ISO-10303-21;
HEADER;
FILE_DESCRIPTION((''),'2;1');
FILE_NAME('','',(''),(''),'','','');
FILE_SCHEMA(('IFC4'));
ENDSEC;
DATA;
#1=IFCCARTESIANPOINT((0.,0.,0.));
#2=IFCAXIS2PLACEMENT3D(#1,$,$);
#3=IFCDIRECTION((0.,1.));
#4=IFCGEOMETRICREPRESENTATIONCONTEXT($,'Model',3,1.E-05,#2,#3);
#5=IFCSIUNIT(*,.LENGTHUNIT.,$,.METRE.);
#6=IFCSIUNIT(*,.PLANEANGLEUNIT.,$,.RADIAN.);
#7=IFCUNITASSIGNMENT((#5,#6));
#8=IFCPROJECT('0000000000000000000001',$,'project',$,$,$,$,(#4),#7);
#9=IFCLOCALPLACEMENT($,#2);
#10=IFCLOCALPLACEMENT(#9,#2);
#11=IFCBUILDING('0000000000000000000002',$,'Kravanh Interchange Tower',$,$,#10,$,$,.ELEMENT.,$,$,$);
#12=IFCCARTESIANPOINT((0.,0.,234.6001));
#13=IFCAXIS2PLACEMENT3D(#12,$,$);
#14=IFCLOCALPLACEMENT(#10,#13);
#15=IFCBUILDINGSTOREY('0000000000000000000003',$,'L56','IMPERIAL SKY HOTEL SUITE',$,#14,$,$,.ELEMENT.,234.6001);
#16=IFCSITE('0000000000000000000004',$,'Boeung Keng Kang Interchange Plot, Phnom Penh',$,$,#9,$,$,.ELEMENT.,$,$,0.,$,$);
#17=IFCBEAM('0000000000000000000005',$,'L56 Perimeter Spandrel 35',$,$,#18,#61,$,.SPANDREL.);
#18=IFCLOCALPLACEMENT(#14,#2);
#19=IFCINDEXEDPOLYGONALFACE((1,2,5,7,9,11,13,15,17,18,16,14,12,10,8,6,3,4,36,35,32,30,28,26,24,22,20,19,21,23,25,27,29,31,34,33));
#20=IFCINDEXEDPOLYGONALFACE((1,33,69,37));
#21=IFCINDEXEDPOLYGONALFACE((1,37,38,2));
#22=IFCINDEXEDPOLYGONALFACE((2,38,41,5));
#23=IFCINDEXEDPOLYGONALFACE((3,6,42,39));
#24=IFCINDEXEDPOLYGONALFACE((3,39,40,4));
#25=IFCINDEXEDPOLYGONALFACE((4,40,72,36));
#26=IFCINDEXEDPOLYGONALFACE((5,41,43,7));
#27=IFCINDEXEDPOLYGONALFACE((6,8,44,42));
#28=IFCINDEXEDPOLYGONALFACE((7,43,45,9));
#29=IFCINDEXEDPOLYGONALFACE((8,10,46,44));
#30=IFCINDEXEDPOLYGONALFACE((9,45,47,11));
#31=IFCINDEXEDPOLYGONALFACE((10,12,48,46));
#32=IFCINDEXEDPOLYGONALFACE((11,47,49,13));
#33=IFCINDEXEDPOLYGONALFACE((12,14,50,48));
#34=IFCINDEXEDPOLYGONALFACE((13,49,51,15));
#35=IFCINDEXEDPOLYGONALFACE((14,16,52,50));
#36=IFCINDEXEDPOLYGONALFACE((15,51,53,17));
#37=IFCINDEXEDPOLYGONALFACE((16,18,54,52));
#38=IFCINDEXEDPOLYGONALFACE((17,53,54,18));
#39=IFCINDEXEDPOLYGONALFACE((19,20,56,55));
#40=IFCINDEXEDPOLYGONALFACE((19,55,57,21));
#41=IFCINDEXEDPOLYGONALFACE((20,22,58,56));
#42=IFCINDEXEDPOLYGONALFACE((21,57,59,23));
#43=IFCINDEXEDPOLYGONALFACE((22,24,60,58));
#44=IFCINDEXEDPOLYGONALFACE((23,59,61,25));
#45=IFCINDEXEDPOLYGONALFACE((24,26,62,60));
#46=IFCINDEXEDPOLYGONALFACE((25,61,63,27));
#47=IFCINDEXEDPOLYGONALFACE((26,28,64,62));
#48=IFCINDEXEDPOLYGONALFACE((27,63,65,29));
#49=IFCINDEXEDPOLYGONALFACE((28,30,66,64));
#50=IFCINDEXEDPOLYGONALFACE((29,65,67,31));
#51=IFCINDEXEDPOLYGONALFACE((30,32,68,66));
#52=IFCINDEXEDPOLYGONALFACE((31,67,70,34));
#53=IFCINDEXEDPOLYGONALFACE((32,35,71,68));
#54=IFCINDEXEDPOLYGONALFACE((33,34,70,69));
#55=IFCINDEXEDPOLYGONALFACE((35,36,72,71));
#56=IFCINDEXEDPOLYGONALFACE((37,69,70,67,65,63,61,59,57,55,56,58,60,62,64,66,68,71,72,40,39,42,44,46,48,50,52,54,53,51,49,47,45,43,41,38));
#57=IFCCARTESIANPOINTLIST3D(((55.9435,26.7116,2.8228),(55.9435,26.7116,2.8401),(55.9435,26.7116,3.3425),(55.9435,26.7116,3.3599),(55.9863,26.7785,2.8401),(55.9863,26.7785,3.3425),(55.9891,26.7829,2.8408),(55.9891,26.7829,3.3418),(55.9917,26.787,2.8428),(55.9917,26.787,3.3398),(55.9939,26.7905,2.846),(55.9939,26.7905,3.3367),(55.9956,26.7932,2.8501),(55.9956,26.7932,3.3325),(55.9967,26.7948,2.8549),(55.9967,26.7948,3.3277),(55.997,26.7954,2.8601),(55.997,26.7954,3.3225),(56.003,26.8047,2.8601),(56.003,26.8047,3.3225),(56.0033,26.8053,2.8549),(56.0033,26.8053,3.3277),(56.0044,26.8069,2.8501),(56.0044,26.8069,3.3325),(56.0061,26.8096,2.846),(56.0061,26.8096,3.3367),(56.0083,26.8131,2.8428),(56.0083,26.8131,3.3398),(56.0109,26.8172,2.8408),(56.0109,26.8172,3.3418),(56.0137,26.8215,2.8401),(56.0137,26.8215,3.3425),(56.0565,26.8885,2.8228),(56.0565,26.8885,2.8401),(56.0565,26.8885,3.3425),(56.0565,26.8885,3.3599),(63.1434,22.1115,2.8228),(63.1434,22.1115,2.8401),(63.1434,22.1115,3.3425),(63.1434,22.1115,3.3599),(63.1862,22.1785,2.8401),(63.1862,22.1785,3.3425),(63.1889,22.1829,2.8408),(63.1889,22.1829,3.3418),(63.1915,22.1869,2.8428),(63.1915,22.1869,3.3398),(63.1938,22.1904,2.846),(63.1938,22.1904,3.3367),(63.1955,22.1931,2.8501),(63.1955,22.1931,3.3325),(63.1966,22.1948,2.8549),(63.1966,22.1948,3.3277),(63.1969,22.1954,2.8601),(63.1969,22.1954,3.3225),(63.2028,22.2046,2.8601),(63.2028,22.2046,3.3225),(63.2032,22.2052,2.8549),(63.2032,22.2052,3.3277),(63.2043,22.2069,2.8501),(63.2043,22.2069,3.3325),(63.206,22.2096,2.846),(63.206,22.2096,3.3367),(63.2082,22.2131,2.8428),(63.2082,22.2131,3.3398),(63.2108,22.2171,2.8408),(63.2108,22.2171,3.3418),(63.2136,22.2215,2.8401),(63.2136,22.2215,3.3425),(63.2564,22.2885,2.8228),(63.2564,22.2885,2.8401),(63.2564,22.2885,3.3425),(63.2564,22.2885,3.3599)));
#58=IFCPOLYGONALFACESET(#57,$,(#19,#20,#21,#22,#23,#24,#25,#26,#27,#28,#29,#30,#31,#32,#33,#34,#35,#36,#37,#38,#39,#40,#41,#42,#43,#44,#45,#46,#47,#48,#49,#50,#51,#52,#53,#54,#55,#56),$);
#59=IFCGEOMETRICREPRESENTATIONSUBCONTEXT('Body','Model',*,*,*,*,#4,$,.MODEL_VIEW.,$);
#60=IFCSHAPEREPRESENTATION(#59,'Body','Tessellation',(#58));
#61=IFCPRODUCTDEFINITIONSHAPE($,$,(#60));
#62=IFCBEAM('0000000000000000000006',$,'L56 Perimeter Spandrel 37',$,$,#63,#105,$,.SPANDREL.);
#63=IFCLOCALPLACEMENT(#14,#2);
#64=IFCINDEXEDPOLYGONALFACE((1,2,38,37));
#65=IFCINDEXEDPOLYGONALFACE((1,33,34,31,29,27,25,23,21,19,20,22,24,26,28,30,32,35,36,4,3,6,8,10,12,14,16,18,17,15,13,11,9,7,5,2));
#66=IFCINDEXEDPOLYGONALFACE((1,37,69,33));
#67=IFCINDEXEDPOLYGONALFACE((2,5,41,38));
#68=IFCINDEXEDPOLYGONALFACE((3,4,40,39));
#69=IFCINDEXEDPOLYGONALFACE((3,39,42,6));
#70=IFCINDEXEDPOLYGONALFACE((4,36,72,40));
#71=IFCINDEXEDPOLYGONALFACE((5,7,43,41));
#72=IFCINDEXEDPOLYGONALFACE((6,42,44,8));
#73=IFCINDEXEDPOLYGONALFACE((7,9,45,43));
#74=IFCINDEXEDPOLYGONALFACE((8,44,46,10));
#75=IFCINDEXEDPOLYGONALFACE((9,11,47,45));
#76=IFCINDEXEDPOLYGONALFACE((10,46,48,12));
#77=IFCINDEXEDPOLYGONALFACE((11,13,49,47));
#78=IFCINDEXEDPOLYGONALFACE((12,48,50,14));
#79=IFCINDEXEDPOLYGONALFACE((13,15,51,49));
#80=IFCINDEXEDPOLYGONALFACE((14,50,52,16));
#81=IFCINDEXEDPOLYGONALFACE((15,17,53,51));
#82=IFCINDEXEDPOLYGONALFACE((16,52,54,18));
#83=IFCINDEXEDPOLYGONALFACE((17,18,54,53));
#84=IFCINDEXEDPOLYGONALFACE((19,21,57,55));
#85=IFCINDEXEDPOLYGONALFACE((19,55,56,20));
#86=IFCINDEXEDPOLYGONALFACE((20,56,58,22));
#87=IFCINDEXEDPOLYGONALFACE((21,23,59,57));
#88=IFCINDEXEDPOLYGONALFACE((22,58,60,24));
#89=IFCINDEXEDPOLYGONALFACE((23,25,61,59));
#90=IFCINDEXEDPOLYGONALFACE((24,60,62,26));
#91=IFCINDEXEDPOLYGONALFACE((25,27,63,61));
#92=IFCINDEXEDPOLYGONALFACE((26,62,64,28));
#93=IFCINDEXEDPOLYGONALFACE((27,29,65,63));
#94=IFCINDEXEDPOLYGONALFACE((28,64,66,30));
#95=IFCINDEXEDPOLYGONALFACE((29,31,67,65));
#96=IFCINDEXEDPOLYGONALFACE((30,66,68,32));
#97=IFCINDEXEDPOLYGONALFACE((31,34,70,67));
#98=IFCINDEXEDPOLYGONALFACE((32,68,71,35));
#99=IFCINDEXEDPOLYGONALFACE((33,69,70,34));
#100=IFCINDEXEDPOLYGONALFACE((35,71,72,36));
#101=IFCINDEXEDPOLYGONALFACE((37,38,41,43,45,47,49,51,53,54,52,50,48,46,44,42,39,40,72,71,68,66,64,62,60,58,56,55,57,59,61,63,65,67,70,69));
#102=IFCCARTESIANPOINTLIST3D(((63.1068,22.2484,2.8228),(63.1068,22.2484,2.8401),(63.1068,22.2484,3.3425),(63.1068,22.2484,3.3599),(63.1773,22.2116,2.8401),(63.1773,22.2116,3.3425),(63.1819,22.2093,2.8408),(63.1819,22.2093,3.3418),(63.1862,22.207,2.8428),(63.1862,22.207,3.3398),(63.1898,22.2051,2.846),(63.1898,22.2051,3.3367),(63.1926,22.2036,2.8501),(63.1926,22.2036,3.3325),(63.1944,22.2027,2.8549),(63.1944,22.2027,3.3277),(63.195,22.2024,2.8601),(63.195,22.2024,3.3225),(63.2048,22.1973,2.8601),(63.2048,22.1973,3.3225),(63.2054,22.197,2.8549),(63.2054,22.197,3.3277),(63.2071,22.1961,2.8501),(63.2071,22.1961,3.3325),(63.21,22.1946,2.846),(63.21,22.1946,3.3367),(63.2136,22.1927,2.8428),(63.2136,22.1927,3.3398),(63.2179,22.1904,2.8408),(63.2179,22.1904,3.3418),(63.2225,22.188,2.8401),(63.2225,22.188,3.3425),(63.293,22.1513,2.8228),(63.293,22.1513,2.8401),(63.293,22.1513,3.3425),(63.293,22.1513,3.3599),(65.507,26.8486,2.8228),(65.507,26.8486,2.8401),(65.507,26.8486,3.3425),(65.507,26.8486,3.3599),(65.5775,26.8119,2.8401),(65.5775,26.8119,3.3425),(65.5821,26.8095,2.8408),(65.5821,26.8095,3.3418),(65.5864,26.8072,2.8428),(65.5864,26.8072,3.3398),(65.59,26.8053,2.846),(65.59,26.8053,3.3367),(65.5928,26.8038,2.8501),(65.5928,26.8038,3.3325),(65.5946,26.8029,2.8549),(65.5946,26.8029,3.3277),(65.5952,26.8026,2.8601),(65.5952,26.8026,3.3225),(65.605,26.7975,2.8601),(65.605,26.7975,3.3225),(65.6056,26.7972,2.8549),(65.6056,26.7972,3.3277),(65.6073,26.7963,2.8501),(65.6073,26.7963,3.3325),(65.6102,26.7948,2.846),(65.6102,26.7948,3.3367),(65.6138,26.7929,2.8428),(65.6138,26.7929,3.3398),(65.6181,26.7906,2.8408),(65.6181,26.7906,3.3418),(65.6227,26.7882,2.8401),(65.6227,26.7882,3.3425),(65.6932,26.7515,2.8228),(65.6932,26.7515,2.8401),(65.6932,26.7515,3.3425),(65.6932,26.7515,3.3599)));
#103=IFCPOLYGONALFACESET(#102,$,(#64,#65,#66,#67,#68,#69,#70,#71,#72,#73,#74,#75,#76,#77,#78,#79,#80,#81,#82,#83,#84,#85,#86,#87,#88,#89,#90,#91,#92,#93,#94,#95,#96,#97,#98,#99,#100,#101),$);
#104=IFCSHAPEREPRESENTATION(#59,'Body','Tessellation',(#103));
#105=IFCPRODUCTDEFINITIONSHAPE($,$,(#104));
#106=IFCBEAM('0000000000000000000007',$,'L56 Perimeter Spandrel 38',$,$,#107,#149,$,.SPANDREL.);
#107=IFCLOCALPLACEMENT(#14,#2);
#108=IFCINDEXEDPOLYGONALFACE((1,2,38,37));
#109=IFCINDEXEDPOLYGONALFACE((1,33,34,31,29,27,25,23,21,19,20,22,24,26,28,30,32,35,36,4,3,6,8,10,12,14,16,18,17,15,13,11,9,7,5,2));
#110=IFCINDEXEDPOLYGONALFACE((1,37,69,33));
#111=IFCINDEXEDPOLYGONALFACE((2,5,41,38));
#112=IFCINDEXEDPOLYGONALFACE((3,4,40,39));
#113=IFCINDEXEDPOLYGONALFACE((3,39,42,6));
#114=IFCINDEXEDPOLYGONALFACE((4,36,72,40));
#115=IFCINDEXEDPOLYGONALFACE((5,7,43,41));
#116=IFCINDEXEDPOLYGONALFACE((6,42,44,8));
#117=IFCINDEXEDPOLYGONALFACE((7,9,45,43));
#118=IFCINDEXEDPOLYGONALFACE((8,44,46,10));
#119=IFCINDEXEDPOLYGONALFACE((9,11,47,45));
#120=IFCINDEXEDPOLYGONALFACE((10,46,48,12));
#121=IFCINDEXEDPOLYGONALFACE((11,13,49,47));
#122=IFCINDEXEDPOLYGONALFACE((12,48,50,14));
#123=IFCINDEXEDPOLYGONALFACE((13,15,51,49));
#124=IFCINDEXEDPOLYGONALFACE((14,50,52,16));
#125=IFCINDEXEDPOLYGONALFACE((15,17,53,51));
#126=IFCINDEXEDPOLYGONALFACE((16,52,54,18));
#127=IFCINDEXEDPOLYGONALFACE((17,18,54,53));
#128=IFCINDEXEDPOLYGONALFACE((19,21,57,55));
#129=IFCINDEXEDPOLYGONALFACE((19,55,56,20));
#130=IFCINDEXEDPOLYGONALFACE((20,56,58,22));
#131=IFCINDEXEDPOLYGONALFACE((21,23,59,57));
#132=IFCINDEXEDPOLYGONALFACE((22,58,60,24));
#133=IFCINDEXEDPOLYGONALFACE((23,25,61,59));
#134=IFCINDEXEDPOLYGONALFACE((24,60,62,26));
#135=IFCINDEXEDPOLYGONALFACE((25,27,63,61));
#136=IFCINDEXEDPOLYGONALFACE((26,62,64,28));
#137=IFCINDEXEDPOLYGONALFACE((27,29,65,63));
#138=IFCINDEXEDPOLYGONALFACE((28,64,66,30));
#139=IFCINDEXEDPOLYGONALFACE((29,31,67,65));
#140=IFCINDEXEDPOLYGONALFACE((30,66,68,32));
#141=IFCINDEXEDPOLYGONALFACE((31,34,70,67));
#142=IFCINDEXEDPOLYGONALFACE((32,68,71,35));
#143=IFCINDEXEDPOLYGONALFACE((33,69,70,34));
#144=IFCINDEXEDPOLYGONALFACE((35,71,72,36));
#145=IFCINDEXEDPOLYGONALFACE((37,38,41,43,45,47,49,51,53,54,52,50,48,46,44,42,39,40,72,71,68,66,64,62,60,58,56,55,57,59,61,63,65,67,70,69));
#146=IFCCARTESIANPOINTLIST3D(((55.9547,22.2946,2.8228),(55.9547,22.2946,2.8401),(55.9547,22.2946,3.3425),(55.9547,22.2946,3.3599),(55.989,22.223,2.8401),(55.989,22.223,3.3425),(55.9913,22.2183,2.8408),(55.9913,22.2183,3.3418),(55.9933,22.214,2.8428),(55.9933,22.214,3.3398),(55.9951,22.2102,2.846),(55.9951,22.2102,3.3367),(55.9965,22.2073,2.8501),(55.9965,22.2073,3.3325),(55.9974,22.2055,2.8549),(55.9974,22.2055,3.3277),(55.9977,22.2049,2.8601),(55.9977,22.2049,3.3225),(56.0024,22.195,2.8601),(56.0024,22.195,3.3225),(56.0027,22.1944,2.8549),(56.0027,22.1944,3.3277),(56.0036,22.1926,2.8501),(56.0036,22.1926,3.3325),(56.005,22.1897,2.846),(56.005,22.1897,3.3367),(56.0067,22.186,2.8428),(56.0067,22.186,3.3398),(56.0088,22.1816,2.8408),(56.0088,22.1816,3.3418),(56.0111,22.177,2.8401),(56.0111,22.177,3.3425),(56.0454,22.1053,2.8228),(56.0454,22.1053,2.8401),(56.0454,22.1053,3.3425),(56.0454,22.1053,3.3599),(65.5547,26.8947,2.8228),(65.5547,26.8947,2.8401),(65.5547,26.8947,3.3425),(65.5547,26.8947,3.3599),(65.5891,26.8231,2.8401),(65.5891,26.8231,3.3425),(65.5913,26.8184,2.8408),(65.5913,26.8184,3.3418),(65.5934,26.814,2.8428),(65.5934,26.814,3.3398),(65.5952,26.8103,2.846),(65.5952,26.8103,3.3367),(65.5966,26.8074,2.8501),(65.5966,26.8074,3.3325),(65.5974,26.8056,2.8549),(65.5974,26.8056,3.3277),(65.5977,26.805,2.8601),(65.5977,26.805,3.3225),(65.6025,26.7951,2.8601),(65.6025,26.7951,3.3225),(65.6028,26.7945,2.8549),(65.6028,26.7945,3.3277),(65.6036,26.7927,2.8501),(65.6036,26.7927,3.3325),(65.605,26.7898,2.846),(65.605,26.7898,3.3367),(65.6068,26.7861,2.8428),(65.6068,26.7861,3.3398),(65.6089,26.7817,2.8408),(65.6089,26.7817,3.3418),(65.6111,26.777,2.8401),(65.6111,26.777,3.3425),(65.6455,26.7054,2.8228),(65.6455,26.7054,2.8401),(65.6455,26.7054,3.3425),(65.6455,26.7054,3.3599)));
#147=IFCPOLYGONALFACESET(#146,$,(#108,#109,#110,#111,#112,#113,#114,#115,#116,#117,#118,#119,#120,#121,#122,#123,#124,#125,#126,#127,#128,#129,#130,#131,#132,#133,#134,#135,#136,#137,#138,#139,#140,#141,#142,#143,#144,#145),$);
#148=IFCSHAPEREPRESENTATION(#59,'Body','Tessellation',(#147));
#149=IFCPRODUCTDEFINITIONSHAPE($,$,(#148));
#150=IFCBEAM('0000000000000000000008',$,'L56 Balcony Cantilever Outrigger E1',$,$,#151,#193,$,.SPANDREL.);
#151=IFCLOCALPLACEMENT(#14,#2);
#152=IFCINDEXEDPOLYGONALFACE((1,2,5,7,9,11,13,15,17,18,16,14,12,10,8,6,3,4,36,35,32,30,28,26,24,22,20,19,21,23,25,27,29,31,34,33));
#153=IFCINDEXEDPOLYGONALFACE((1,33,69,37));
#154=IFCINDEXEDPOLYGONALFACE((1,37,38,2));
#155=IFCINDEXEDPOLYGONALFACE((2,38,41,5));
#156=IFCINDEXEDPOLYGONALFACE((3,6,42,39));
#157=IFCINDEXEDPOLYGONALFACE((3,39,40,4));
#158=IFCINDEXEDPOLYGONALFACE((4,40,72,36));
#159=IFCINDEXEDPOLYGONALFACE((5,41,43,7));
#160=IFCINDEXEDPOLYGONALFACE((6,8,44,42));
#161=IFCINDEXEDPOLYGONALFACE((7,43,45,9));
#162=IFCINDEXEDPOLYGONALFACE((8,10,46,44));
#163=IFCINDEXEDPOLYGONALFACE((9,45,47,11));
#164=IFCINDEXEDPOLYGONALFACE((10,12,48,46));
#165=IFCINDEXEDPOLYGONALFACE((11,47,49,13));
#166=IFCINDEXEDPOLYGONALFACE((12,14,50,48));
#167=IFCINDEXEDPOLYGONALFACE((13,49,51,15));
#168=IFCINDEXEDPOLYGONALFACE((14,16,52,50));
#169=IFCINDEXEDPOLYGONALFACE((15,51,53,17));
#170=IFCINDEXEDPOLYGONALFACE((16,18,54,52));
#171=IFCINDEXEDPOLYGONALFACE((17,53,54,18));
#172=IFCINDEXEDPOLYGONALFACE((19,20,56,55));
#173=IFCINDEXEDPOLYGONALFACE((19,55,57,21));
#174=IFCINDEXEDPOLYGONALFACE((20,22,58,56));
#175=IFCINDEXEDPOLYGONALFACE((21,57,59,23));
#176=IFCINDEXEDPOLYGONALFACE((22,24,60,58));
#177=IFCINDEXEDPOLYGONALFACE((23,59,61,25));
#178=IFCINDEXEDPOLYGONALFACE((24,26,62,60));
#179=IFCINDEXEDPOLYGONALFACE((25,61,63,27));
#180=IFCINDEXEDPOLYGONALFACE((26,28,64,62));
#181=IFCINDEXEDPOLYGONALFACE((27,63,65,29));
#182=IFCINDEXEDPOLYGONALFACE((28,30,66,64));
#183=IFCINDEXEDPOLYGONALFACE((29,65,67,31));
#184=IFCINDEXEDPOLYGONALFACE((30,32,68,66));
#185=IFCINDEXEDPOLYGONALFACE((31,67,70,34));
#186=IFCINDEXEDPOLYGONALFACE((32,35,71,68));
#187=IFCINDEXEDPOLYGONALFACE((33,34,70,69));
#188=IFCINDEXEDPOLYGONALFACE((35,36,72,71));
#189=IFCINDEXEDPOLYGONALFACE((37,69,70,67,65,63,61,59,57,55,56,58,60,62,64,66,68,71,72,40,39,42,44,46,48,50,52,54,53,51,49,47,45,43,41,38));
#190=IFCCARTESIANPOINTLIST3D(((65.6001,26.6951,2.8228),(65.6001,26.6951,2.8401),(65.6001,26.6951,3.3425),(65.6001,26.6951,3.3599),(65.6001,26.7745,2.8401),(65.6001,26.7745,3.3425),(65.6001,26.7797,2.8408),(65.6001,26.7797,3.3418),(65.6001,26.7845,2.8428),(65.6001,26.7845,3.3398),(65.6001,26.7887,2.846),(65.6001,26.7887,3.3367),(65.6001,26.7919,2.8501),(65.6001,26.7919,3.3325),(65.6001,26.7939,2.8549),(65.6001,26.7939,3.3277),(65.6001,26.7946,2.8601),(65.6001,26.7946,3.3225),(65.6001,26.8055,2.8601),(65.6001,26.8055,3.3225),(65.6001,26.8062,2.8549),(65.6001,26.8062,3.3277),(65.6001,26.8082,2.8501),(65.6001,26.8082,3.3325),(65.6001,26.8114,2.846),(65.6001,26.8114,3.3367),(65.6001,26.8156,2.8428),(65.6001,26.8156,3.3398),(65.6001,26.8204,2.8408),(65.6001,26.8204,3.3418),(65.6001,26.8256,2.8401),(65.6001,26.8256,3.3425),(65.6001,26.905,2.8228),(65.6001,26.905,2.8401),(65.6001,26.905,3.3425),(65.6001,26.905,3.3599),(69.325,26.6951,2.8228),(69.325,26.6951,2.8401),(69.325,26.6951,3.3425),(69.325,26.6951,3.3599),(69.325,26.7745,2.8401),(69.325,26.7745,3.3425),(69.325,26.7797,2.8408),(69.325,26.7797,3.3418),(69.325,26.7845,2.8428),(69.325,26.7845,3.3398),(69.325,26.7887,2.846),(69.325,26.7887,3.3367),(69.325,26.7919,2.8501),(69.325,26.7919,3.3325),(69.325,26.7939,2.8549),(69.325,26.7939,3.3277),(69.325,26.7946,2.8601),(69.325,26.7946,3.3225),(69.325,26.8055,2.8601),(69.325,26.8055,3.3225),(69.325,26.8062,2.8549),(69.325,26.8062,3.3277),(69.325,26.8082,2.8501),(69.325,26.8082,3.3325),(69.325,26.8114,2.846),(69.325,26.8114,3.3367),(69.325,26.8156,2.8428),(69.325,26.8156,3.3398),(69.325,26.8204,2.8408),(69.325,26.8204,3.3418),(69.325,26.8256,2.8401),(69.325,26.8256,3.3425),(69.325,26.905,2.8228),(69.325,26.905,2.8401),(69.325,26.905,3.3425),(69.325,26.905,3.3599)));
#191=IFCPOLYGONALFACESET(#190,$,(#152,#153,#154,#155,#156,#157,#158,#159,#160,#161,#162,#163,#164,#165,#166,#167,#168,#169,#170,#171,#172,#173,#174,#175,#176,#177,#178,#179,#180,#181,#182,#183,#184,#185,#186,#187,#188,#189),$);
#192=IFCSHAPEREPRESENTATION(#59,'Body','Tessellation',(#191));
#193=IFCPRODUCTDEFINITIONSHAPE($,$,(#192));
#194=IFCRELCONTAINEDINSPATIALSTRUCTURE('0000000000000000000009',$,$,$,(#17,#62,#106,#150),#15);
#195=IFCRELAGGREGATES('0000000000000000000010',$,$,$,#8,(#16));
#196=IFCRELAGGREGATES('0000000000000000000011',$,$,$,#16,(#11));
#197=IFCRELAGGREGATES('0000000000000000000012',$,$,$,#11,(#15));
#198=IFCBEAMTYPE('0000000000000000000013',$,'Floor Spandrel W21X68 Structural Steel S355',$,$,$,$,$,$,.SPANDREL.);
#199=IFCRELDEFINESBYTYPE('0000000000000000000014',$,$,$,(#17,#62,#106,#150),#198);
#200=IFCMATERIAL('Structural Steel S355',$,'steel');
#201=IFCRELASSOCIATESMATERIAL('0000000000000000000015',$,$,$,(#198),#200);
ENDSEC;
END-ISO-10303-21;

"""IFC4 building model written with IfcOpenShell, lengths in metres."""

from ifc_helpers import new_model, si_unit, direction, frame, origin, origin_2d, place, context, subcontext, project, spatial, i_section, extrude, material, material_profile, profile_set, type_object, element, save


model = new_model("IFC4")

# Units and contexts
model_context = context("Model", 3, precision=1e-05, world=origin(), true_north=direction((0.0, 1.0)))
body_context = subcontext(model_context, "Body", "Model", "MODEL_VIEW")
ifc_project = project(units=[si_unit("LENGTHUNIT", "METRE"), si_unit("PLANEANGLEUNIT", "RADIAN")], contexts=[model_context])

# Site, building, storey
site_placement = place(None, origin())
site = spatial("IfcSite", under=ifc_project, at=site_placement, Name="Boeung Keng Kang Interchange Plot, Phnom Penh", CompositionType="ELEMENT", RefElevation=0.0)
building_placement = place(site_placement, origin())
building = spatial("IfcBuilding", under=site, at=building_placement, Name="Kravanh Interchange Tower", CompositionType="ELEMENT")
storey_placement = place(building_placement, frame((0.0, 0.0, 234.6001)))
storey = spatial("IfcBuildingStorey", under=building, at=storey_placement, Name="L56", Description="IMPERIAL SKY HOTEL SUITE", CompositionType="ELEMENT", Elevation=234.6001)

# Beams
ifc_material_1 = material(Name="Structural Steel S355", Category="steel")
ifc_material_profile_1 = material_profile(ifc_material_1, i_section(OverallWidth=0.21, OverallDepth=0.5371, WebThickness=0.011, FlangeThickness=0.0173, FilletRadius=0.02, at=origin_2d()), Name="W21X68")
ifc_profile_set_1 = profile_set([ifc_material_profile_1], Name="Structural Steel S355")
beam_type_1 = type_object("IfcBeamType", Name="Floor Spandrel W21X68 Structural Steel S355", PredefinedType="SPANDREL", material=ifc_profile_set_1)
beam_1_placement = place(storey_placement, frame((56.0, 26.8, 3.0913), z_axis=(0.842689, -0.5384, 0.0), x_axis=(0.5384, 0.842689, 0.0)))
element("IfcBeam", 1, at=beam_1_placement, inside=storey, type_object=beam_type_1, Name="L56 Perimeter Spandrel 35", PredefinedType="SPANDREL", context=body_context, shape_type="SweptSolid", body=[
    extrude(i_section(OverallWidth=0.21, OverallDepth=0.5371, WebThickness=0.011, FlangeThickness=0.0173, FilletRadius=0.02, at=origin_2d()), origin(), (0.0, 0.0, 1.0), 8.5439),
])
beam_2_placement = place(storey_placement, frame((65.6001, 26.8, 3.0913), z_axis=(-0.46258, -0.886577, 0.0), x_axis=(0.886577, -0.46258, 0.0)))
element("IfcBeam", 2, at=beam_2_placement, inside=storey, type_object=beam_type_1, Name="L56 Perimeter Spandrel 37", PredefinedType="SPANDREL", context=body_context, shape_type="SweptSolid", body=[
    extrude(i_section(OverallWidth=0.21, OverallDepth=0.5371, WebThickness=0.011, FlangeThickness=0.0173, FilletRadius=0.02, at=origin_2d()), origin(), (0.0, 0.0, 1.0), 5.1887),
])
beam_3_placement = place(storey_placement, frame((65.6001, 26.8, 3.0913), z_axis=(-0.901814, -0.432124, 0.0), x_axis=(0.432124, -0.901814, 0.0)))
element("IfcBeam", 3, at=beam_3_placement, inside=storey, type_object=beam_type_1, Name="L56 Perimeter Spandrel 38", PredefinedType="SPANDREL", context=body_context, shape_type="SweptSolid", body=[
    extrude(i_section(OverallWidth=0.21, OverallDepth=0.5371, WebThickness=0.011, FlangeThickness=0.0173, FilletRadius=0.02, at=origin_2d()), origin(), (0.0, 0.0, 1.0), 10.6453),
])
beam_4_placement = place(storey_placement, frame((65.6001, 26.8, 3.0913), z_axis=(1.0, 0.0, 0.0), x_axis=(0.0, 1.0, 0.0)))
element("IfcBeam", 4, at=beam_4_placement, inside=storey, type_object=beam_type_1, Name="L56 Balcony Cantilever Outrigger E1", PredefinedType="SPANDREL", context=body_context, shape_type="SweptSolid", body=[
    extrude(i_section(OverallWidth=0.21, OverallDepth=0.5371, WebThickness=0.011, FlangeThickness=0.0173, FilletRadius=0.02, at=origin_2d()), origin(), (0.0, 0.0, 1.0), 3.7249),
])

save(model, "model.ifc")
